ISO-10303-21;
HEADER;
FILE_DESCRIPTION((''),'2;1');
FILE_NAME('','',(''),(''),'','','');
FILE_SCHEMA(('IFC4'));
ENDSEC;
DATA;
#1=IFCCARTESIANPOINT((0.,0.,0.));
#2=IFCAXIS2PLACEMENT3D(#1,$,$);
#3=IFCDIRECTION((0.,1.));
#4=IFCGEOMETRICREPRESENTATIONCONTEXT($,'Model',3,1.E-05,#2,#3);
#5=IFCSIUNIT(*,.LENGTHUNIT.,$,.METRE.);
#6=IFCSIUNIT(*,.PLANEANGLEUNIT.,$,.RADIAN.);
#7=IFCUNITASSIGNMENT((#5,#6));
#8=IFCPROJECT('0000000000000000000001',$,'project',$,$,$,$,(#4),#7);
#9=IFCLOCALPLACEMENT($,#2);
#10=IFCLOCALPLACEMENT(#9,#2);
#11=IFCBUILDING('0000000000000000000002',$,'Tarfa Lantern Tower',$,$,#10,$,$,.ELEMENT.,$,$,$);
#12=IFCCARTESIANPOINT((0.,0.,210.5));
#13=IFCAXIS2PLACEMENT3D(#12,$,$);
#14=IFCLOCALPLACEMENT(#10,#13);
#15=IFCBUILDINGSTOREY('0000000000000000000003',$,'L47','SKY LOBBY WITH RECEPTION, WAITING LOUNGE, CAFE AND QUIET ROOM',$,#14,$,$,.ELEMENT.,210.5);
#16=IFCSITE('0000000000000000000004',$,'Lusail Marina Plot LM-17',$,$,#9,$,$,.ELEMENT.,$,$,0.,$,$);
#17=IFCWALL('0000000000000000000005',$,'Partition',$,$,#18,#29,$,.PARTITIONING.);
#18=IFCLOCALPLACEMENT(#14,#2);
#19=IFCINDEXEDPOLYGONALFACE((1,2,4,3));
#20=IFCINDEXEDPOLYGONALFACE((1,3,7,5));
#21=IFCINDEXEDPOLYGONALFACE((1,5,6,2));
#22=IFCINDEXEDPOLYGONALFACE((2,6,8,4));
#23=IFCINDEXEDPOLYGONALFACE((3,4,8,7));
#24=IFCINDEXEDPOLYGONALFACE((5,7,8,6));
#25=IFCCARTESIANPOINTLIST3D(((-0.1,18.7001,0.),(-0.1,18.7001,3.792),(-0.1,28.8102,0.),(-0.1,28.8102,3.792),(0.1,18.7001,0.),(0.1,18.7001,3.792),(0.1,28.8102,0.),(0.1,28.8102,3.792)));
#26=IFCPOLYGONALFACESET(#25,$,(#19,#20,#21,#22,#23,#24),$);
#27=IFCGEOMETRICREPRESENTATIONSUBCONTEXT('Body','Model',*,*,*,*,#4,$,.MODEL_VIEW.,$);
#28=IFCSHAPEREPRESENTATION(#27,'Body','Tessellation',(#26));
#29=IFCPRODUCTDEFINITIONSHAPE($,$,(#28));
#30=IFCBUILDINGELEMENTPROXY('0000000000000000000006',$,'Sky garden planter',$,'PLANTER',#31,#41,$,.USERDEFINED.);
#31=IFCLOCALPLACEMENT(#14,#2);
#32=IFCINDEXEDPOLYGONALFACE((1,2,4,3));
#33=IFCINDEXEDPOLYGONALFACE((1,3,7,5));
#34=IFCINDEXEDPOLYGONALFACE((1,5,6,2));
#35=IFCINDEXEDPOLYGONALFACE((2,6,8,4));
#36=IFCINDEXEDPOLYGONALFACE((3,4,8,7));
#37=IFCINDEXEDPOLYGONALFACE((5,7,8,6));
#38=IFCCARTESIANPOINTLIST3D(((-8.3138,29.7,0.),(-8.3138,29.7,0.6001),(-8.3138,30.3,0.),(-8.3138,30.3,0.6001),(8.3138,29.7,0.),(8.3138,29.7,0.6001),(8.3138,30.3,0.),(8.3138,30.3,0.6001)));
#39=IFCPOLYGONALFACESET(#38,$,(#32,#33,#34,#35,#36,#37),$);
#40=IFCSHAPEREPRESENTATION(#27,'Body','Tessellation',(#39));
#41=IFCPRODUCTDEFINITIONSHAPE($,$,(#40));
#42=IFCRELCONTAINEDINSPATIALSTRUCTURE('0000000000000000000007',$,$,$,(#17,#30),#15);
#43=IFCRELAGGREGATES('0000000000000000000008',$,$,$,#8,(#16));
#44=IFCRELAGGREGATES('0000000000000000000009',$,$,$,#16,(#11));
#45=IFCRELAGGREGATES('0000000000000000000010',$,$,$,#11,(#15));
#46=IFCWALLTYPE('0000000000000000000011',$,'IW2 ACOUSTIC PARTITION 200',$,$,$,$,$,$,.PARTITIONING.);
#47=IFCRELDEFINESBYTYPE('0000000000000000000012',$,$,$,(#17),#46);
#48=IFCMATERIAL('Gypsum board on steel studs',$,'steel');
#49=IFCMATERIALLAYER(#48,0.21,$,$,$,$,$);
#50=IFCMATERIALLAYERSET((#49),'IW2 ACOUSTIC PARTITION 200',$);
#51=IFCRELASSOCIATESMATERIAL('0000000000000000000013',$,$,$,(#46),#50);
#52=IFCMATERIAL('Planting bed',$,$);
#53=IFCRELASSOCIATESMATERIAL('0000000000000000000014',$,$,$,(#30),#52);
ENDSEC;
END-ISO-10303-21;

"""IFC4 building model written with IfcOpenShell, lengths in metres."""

from ifc_helpers import new_model, si_unit, direction, frame, frame_2d, origin, origin_2d, place, context, subcontext, project, spatial, rectangle, extrude, material, layer, layer_set, type_object, element, save


model = new_model("IFC4")

# Units and contexts
model_context = context("Model", 3, precision=1e-05, world=origin(), true_north=direction((0.0, 1.0)))
body_context = subcontext(model_context, "Body", "Model", "MODEL_VIEW")
ifc_project = project(units=[si_unit("LENGTHUNIT", "METRE"), si_unit("PLANEANGLEUNIT", "RADIAN")], contexts=[model_context])

# Site, building, storey
site_placement = place(None, origin())
site = spatial("IfcSite", under=ifc_project, at=site_placement, Name="Lusail Marina Plot LM-17", CompositionType="ELEMENT", RefElevation=0.0)
building_placement = place(site_placement, origin())
building = spatial("IfcBuilding", under=site, at=building_placement, Name="Tarfa Lantern Tower", CompositionType="ELEMENT")
storey_placement = place(building_placement, frame((0.0, 0.0, 210.5)))
storey = spatial("IfcBuildingStorey", under=building, at=storey_placement, Name="L47", Description="SKY LOBBY WITH RECEPTION, WAITING LOUNGE, CAFE AND QUIET ROOM", CompositionType="ELEMENT", Elevation=210.5)

# Wall
ifc_material_1 = material(Name="Gypsum board on steel studs", Category="steel")
ifc_layer_1 = layer(ifc_material_1, 0.21)
ifc_layer_set_1 = layer_set([ifc_layer_1], Name="IW2 ACOUSTIC PARTITION 200")
wall_type_1 = type_object("IfcWallType", Name="IW2 ACOUSTIC PARTITION 200", PredefinedType="PARTITIONING", material=ifc_layer_set_1)
wall_1_placement = place(storey_placement, frame((0.0, 18.7, 0.0), z_axis=(0.0, 0.0, 1.0), x_axis=(0.0, 1.0, 0.0)))
element("IfcWall", 1, at=wall_1_placement, inside=storey, type_object=wall_type_1, Name="Partition", PredefinedType="PARTITIONING", context=body_context, shape_type="SweptSolid", body=[
    extrude(rectangle(XDim=10.1101, YDim=0.2, at=frame_2d((5.0552, 0.0))), origin(), (0.0, 0.0, 1.0), 3.792),
])

# Building element proxy
ifc_material_2 = material(Name="Planting bed")
proxy_placement = place(storey_placement, frame((0.0, 30.0, 0.0), z_axis=(0.0, 0.0, 1.0), x_axis=(-1.0, 0.0, 0.0)))
element("IfcBuildingElementProxy", 2, at=proxy_placement, inside=storey, material=ifc_material_2, Name="Sky garden planter", ObjectType="PLANTER", PredefinedType="USERDEFINED", context=body_context, shape_type="SweptSolid", body=[
    extrude(rectangle(XDim=16.6277, YDim=0.6001, at=origin_2d()), origin(), (0.0, 0.0, 1.0), 0.6001),
])

save(model, "model.ifc")
